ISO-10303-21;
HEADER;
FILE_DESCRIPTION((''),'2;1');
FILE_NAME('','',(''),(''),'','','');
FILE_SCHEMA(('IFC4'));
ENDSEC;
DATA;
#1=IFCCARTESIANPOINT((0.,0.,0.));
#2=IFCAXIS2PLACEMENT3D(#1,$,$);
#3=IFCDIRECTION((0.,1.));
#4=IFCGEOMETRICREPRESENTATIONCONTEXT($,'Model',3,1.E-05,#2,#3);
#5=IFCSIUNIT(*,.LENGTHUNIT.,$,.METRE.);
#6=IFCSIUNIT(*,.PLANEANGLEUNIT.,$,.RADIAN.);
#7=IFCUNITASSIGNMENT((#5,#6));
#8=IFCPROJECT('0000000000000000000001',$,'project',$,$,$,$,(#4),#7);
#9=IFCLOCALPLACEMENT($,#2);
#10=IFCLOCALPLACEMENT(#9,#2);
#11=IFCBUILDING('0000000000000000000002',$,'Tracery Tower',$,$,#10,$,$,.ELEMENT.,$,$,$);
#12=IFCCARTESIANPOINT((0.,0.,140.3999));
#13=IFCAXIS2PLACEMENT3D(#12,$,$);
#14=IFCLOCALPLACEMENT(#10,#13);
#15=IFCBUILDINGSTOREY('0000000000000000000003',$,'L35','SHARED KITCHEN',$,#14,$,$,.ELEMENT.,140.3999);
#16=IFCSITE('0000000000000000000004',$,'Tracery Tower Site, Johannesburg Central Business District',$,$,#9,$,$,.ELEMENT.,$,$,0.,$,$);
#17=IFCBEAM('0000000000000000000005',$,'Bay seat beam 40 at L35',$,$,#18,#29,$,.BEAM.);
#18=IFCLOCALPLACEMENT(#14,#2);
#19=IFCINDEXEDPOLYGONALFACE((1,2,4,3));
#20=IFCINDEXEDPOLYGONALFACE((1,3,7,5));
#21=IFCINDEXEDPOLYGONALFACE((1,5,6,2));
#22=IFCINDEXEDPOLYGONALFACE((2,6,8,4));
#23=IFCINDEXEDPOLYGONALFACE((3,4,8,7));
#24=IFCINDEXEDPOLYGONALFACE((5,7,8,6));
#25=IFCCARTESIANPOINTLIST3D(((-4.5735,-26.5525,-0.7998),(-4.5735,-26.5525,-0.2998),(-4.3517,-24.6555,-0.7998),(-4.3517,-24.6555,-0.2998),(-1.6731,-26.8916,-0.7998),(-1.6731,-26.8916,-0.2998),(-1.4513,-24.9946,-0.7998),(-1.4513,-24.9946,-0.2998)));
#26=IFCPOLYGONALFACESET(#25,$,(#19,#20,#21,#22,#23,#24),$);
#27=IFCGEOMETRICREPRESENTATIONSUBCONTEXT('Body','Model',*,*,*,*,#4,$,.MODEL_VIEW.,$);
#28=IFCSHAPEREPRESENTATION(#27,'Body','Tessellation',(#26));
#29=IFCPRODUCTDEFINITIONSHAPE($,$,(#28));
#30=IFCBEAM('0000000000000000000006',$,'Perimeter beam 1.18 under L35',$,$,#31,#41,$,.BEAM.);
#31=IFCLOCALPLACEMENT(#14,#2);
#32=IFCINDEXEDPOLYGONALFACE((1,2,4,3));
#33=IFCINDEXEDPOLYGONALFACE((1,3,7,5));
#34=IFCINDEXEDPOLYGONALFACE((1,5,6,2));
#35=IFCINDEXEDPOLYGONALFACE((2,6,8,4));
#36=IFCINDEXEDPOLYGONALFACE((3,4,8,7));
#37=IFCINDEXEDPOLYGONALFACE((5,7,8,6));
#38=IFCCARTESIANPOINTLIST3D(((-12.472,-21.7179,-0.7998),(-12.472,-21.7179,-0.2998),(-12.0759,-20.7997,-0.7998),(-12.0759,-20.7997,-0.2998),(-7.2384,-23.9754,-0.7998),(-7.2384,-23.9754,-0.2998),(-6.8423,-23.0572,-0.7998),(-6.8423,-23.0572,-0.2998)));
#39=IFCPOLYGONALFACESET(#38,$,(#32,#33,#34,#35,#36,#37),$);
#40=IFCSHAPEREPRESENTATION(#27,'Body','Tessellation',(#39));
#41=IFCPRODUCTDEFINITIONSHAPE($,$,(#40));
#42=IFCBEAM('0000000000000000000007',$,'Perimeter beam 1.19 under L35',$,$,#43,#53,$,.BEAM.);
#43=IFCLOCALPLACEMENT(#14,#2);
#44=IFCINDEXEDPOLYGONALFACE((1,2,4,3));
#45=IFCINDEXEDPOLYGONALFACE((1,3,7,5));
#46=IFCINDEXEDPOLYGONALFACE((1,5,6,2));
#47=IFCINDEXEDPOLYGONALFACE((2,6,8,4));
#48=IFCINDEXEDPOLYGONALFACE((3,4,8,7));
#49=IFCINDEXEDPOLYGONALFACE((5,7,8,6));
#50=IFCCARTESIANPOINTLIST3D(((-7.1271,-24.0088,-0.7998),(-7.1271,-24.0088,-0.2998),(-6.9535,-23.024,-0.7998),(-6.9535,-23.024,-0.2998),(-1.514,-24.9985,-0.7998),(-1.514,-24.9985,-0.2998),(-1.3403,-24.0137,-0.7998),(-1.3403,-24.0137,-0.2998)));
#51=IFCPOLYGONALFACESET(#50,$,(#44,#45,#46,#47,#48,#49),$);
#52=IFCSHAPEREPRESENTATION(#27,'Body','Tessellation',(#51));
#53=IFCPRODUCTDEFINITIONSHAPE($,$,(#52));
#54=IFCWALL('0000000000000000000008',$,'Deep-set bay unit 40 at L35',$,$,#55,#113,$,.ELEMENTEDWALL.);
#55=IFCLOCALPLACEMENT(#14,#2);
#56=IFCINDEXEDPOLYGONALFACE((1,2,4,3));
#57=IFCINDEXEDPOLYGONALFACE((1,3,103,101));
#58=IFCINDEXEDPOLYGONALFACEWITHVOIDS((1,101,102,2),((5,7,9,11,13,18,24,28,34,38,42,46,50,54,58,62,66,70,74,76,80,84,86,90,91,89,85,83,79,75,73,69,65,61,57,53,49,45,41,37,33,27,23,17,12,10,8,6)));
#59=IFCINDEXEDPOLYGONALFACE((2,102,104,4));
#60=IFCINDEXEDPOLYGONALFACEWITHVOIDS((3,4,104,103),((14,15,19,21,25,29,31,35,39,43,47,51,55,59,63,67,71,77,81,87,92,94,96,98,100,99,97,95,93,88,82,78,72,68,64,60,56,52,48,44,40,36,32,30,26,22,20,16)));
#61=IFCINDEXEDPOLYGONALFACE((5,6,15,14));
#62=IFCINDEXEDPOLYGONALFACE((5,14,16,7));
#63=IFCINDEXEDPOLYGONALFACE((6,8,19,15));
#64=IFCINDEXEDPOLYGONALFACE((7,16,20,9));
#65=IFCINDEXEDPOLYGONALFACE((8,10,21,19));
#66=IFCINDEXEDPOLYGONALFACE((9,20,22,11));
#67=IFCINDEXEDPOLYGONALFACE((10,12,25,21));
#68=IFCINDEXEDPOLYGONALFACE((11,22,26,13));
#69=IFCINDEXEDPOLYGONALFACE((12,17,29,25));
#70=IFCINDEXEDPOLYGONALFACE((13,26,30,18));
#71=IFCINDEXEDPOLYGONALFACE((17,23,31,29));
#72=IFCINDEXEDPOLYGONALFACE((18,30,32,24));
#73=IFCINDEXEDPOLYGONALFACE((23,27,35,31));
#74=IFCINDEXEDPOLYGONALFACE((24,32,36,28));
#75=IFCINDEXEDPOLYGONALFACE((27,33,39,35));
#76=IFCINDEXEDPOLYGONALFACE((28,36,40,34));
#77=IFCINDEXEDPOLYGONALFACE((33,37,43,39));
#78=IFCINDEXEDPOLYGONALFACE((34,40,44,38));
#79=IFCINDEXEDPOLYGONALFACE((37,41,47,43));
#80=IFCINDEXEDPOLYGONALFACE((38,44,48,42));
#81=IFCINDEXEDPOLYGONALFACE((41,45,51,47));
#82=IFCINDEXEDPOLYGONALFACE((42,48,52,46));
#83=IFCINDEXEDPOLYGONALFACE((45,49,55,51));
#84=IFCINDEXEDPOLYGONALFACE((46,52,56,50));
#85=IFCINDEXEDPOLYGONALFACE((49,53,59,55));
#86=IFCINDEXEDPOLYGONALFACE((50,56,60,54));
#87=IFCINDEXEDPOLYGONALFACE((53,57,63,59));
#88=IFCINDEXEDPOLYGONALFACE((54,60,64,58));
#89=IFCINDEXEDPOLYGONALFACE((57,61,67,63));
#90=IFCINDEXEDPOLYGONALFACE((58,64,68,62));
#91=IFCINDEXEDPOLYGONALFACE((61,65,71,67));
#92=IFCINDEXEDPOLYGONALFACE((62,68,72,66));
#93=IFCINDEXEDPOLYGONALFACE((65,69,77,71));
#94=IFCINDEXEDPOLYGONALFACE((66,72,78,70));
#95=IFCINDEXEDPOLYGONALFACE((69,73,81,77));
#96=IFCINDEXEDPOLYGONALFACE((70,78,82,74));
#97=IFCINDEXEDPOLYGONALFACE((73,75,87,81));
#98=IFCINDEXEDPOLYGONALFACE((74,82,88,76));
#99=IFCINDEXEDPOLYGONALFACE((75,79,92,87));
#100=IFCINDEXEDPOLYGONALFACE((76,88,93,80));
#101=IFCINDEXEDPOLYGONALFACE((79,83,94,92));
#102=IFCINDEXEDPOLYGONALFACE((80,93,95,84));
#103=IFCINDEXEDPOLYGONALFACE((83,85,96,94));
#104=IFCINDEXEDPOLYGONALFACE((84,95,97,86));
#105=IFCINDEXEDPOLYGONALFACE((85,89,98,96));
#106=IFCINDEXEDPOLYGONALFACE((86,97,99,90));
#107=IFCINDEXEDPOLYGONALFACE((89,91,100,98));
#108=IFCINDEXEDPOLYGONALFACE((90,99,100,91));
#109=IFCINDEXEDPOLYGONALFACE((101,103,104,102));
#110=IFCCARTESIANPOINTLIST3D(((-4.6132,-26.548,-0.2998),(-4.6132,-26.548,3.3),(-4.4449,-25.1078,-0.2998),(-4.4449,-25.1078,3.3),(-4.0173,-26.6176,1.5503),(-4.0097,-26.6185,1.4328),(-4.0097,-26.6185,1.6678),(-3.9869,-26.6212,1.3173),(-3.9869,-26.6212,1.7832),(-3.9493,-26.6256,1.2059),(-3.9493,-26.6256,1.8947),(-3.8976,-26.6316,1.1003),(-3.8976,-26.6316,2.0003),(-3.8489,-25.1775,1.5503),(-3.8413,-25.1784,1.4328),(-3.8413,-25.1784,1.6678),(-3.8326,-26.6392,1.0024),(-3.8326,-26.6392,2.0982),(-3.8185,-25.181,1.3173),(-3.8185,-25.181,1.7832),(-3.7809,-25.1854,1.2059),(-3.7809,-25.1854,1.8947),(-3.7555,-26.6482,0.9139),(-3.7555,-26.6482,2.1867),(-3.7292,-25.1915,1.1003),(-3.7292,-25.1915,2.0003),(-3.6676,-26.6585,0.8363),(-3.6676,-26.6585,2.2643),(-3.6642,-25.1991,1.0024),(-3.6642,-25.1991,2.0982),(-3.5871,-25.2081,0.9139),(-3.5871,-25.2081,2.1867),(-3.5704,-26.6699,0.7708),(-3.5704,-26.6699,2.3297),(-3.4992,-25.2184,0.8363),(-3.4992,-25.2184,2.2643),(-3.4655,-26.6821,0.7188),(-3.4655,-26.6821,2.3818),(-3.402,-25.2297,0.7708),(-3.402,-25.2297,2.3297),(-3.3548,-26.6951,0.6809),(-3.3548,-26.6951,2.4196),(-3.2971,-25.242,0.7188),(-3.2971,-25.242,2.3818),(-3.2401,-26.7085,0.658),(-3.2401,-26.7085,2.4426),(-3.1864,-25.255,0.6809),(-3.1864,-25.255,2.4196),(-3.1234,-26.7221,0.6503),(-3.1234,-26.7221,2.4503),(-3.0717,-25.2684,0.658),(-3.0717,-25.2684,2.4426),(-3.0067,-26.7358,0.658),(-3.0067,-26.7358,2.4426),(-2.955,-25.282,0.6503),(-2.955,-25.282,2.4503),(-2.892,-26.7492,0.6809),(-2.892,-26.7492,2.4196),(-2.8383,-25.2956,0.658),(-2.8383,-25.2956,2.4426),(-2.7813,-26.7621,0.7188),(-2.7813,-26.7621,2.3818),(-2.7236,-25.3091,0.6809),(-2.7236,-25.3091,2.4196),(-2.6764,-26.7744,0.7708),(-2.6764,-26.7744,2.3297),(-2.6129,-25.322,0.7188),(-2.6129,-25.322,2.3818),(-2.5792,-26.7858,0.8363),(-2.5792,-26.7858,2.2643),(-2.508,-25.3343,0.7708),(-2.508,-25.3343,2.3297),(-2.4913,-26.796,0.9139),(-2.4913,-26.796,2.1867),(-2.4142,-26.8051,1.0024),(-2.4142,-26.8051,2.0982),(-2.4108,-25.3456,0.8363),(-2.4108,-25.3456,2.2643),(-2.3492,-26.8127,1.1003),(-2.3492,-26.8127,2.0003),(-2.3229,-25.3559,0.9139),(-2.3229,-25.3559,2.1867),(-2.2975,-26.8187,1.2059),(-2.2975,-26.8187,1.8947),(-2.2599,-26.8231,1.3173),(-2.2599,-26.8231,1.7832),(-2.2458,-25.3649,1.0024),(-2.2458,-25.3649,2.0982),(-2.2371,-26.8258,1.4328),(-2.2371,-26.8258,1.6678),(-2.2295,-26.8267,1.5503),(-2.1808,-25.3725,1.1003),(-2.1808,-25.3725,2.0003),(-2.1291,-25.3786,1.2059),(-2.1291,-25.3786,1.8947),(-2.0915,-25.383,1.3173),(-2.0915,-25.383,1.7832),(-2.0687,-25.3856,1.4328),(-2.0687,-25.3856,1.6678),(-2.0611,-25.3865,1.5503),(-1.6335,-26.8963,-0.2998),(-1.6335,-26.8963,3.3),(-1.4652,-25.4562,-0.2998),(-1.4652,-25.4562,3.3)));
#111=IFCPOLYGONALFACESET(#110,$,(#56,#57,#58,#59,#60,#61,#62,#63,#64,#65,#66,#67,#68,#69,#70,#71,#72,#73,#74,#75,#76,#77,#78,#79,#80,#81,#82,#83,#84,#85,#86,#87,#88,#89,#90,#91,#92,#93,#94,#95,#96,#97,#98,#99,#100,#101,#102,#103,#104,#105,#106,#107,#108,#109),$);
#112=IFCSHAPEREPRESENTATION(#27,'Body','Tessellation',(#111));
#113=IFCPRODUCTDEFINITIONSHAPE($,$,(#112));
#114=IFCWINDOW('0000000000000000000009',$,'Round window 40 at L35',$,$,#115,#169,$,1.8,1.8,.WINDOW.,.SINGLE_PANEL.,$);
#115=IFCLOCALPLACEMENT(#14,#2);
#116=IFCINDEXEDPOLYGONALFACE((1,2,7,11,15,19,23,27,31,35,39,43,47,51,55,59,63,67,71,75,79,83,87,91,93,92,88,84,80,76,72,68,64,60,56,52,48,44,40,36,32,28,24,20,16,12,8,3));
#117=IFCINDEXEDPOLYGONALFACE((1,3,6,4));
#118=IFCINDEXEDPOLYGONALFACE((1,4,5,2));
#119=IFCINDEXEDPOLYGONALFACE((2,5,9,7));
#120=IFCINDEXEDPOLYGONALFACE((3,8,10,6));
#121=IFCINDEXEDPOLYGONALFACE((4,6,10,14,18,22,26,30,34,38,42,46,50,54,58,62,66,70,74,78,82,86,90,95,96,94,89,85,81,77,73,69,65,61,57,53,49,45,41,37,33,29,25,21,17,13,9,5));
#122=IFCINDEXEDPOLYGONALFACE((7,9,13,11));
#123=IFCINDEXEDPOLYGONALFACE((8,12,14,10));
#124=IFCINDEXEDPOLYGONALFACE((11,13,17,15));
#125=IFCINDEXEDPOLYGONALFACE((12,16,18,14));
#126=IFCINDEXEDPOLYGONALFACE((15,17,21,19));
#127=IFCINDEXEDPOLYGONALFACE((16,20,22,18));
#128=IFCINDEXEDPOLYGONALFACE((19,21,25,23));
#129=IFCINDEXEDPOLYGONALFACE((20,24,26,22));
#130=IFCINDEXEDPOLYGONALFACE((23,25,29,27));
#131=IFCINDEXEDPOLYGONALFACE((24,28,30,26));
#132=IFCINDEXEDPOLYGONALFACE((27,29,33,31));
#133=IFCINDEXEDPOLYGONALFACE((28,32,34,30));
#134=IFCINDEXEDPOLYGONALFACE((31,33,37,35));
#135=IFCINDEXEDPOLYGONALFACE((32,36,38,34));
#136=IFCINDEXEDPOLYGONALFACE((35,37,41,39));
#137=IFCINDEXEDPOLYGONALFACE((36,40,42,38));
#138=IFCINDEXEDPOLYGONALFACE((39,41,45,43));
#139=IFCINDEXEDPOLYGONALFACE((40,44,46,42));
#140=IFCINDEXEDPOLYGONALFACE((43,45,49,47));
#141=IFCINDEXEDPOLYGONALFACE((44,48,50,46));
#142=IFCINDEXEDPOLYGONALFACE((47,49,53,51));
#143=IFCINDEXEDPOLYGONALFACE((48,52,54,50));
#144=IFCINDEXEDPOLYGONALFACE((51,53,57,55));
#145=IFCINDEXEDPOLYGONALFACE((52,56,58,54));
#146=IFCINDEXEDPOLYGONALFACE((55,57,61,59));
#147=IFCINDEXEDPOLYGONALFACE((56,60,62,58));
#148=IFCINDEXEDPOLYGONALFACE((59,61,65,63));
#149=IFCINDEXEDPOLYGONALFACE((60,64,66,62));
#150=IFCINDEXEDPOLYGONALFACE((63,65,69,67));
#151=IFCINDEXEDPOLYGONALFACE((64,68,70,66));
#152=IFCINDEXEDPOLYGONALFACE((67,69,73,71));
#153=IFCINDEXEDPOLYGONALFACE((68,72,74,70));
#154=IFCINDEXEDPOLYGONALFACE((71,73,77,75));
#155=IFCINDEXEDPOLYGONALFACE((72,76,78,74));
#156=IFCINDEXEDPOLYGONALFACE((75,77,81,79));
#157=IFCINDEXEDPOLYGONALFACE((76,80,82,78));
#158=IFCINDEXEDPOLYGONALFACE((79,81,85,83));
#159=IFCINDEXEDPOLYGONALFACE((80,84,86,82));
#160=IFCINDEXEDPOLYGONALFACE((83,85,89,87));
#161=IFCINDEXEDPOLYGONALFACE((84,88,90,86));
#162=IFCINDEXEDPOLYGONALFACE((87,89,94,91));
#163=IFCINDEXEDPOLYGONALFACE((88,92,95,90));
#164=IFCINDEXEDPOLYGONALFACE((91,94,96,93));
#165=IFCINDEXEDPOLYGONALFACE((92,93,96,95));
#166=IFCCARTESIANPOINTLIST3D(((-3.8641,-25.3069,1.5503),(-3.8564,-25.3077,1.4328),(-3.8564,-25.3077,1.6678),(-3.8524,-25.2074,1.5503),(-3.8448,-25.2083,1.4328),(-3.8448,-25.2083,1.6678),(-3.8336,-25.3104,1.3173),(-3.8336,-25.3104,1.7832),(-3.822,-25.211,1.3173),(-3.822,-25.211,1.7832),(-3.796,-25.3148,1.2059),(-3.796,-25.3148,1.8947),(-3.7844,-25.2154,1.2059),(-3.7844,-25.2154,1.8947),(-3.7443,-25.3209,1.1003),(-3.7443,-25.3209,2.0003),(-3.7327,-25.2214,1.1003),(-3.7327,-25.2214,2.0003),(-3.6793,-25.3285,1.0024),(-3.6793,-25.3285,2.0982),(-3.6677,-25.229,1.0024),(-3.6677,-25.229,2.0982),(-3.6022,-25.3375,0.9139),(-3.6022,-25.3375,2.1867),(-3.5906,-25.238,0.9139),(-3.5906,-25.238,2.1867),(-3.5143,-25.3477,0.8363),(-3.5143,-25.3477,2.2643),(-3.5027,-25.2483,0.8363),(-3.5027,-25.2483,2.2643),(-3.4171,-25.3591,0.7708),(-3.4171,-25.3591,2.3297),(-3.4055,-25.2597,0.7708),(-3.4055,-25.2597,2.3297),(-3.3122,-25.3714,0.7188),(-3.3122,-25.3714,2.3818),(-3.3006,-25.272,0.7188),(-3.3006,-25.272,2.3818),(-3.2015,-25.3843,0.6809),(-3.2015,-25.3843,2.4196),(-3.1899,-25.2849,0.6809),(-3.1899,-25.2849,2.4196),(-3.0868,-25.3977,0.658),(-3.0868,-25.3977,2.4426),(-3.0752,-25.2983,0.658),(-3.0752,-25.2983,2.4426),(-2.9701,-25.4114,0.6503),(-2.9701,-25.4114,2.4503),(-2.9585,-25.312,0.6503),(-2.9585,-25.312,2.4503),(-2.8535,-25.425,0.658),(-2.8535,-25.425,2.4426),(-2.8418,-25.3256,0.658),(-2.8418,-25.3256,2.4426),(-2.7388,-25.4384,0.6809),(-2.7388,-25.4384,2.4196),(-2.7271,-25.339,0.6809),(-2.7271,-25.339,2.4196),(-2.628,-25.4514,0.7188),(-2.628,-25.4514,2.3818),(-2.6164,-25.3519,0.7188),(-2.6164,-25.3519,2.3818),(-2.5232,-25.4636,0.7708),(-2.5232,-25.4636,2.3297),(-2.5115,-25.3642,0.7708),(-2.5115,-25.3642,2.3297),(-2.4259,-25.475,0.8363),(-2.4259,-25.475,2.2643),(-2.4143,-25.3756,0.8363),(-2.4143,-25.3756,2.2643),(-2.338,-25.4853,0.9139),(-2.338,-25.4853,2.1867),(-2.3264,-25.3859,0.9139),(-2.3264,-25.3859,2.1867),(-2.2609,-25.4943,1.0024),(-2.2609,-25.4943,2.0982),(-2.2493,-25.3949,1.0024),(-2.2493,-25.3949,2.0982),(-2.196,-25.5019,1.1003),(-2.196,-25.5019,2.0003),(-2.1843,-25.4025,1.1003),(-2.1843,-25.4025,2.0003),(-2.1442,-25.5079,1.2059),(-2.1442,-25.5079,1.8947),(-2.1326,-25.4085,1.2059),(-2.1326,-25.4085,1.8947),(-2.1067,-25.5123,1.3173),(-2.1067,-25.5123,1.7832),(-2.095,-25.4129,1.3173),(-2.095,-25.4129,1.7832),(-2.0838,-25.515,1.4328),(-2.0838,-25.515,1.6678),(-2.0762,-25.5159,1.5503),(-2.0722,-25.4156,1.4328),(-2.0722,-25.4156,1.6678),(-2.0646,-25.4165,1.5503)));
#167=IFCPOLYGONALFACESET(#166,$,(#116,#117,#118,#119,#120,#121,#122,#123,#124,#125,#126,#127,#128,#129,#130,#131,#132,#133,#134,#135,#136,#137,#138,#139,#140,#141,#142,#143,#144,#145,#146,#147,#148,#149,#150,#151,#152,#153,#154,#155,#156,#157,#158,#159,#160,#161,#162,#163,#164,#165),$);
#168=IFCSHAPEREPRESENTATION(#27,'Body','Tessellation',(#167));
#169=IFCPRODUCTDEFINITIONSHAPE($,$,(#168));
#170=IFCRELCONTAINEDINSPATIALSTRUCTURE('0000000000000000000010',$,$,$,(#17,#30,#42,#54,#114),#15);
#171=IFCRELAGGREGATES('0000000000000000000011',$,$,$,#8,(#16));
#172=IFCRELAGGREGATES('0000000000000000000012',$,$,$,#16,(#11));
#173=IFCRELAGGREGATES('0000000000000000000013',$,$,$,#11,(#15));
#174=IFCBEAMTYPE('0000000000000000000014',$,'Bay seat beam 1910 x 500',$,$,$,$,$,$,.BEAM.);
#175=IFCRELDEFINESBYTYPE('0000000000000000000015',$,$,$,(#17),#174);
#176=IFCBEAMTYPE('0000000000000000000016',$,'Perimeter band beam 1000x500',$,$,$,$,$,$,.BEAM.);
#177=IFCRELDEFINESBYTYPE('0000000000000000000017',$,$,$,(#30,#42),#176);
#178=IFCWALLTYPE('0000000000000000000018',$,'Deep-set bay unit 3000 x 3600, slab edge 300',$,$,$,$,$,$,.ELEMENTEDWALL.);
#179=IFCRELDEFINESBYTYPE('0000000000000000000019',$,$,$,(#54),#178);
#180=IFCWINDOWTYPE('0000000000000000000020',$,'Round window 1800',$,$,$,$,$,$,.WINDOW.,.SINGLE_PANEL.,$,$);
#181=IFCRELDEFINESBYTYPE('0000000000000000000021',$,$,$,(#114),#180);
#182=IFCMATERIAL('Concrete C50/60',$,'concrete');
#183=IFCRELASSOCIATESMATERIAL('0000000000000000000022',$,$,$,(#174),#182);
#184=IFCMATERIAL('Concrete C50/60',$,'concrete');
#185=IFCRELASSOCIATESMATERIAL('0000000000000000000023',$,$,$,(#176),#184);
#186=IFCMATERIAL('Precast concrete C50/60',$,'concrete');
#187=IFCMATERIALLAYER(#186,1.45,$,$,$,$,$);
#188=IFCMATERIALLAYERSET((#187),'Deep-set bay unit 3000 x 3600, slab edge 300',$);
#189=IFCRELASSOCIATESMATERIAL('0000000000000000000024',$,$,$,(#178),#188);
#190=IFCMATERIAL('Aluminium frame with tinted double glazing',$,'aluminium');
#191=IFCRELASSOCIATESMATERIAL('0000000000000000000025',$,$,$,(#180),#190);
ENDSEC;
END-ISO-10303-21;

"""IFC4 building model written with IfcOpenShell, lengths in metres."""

from ifc_helpers import new_model, si_unit, direction, frame, frame_2d, origin, origin_2d, place, context, subcontext, project, spatial, rectangle, circle, extrude, material, layer, layer_set, material_profile, profile_set, type_object, element, fill, save


model = new_model("IFC4")

# Units and contexts
model_context = context("Model", 3, precision=1e-05, world=origin(), true_north=direction((0.0, 1.0)))
body_context = subcontext(model_context, "Body", "Model", "MODEL_VIEW")
ifc_project = project(units=[si_unit("LENGTHUNIT", "METRE"), si_unit("PLANEANGLEUNIT", "RADIAN")], contexts=[model_context])

# Site, building, storey
site_placement = place(None, origin())
site = spatial("IfcSite", under=ifc_project, at=site_placement, Name="Tracery Tower Site, Johannesburg Central Business District", CompositionType="ELEMENT", RefElevation=0.0)
building_placement = place(site_placement, origin())
building = spatial("IfcBuilding", under=site, at=building_placement, Name="Tracery Tower", CompositionType="ELEMENT")
storey_placement = place(building_placement, frame((0.0, 0.0, 140.3999)))
storey = spatial("IfcBuildingStorey", under=building, at=storey_placement, Name="L35", Description="SHARED KITCHEN", CompositionType="ELEMENT", Elevation=140.3999)

# Beams
ifc_material_1 = material(Name="Concrete C50/60", Category="concrete")
ifc_material_profile_1 = material_profile(ifc_material_1, rectangle(XDim=1.9099, YDim=0.5, at=origin_2d()), Name="RC 1910x500")
ifc_profile_set_1 = profile_set([ifc_material_profile_1], Name="Concrete C50/60")
beam_type_1 = type_object("IfcBeamType", Name="Bay seat beam 1910 x 500", PredefinedType="BEAM", material=ifc_profile_set_1)
beam_placement = place(storey_placement, frame((-4.4626, -25.604, -0.5498), z_axis=(0.993234, -0.116128, 0.0), x_axis=(0.116128, 0.993234, 0.0)))
element("IfcBeam", 1, at=beam_placement, inside=storey, type_object=beam_type_1, Name="Bay seat beam 40 at L35", PredefinedType="BEAM", context=body_context, shape_type="SweptSolid", body=[
    extrude(rectangle(XDim=1.9099, YDim=0.5, at=origin_2d()), origin(), (0.0, 0.0, 1.0), 2.9202),
])
ifc_material_2 = material(Name="Concrete C50/60", Category="concrete")
ifc_material_profile_2 = material_profile(ifc_material_2, rectangle(XDim=1.0, YDim=0.5, at=origin_2d()), Name="RC 1000x500")
ifc_profile_set_2 = profile_set([ifc_material_profile_2], Name="Concrete C50/60")
beam_type_2 = type_object("IfcBeamType", Name="Perimeter band beam 1000x500", PredefinedType="BEAM", material=ifc_profile_set_2)
for number, where, z_axis, x_axis, name in (
    (2, (-12.2739, -21.2588, -0.5498), (0.918216, -0.396079, 0.0), (0.396079, 0.918216, 0.0), "Perimeter beam 1.18 under L35"),
    (3, (-7.0403, -23.5164, -0.5498), (0.984807, -0.173651, 0.0), (0.173651, 0.984807, 0.0), "Perimeter beam 1.19 under L35"),
):
    element("IfcBeam", number, at=place(storey_placement, frame(where, z_axis=z_axis, x_axis=x_axis)), inside=storey, type_object=beam_type_2, Name=name, PredefinedType="BEAM", context=body_context, shape_type="SweptSolid", body=[
        extrude(rectangle(XDim=1.0, YDim=0.5, at=origin_2d()), origin(), (0.0, 0.0, 1.0), 5.6997),
    ])

# Wall, opening, window
ifc_material_3 = material(Name="Precast concrete C50/60", Category="concrete")
ifc_layer_1 = layer(ifc_material_3, 1.45)
ifc_layer_set_1 = layer_set([ifc_layer_1], Name="Deep-set bay unit 3000 x 3600, slab edge 300")
wall_type_1 = type_object("IfcWallType", Name="Deep-set bay unit 3000 x 3600, slab edge 300", PredefinedType="ELEMENTEDWALL", material=ifc_layer_set_1)
wall_1_placement = place(storey_placement, frame((-4.5291, -25.8279, -0.2998), z_axis=(0.0, 0.0, 1.0), x_axis=(0.993234, -0.116128, 0.0)))
wall_1 = element("IfcWall", 4, at=wall_1_placement, inside=storey, type_object=wall_type_1, Name="Deep-set bay unit 40 at L35", PredefinedType="ELEMENTEDWALL", context=body_context, shape_type="SweptSolid", body=[
    extrude(rectangle(XDim=3.0, YDim=1.45, at=frame_2d((1.5, 0.0))), origin(), (0.0, 0.0, 1.0), 3.5999),
])
opening_1_placement = place(wall_1_placement, frame((1.5, 0.0, 1.8501)))
opening_1 = element("IfcOpeningElement", 5, at=opening_1_placement, cuts=wall_1, PredefinedType="OPENING", context=body_context, shape_type="SweptSolid", body=[
    extrude(circle(Radius=0.9, at=origin_2d()), frame((0.0, 0.7349, 0.0), z_axis=(0.0, -1.0, 0.0), x_axis=(1.0, 0.0, 0.0)), (0.0, 0.0, 1.0), 1.47),
])
ifc_material_4 = material(Name="Aluminium frame with tinted double glazing", Category="aluminium")
window_type = type_object("IfcWindowType", Name="Round window 1800", PartitioningType="SINGLE_PANEL", PredefinedType="WINDOW", material=ifc_material_4)
window_1_placement = place(opening_1_placement, origin())
window_1 = element("IfcWindow", 6, at=window_1_placement, inside=storey, type_object=window_type, Name="Round window 40 at L35", OverallHeight=1.8, OverallWidth=1.8, PartitioningType="SINGLE_PANEL", PredefinedType="WINDOW", context=body_context, shape_type="SweptSolid", body=[
    extrude(circle(Radius=0.9, at=origin_2d()), frame((0.0, 0.6948, 0.0), z_axis=(0.0, -1.0, 0.0), x_axis=(1.0, 0.0, 0.0)), (0.0, 0.0, 1.0), 0.1001),
])
fill(opening_1, window_1)

save(model, "model.ifc")
